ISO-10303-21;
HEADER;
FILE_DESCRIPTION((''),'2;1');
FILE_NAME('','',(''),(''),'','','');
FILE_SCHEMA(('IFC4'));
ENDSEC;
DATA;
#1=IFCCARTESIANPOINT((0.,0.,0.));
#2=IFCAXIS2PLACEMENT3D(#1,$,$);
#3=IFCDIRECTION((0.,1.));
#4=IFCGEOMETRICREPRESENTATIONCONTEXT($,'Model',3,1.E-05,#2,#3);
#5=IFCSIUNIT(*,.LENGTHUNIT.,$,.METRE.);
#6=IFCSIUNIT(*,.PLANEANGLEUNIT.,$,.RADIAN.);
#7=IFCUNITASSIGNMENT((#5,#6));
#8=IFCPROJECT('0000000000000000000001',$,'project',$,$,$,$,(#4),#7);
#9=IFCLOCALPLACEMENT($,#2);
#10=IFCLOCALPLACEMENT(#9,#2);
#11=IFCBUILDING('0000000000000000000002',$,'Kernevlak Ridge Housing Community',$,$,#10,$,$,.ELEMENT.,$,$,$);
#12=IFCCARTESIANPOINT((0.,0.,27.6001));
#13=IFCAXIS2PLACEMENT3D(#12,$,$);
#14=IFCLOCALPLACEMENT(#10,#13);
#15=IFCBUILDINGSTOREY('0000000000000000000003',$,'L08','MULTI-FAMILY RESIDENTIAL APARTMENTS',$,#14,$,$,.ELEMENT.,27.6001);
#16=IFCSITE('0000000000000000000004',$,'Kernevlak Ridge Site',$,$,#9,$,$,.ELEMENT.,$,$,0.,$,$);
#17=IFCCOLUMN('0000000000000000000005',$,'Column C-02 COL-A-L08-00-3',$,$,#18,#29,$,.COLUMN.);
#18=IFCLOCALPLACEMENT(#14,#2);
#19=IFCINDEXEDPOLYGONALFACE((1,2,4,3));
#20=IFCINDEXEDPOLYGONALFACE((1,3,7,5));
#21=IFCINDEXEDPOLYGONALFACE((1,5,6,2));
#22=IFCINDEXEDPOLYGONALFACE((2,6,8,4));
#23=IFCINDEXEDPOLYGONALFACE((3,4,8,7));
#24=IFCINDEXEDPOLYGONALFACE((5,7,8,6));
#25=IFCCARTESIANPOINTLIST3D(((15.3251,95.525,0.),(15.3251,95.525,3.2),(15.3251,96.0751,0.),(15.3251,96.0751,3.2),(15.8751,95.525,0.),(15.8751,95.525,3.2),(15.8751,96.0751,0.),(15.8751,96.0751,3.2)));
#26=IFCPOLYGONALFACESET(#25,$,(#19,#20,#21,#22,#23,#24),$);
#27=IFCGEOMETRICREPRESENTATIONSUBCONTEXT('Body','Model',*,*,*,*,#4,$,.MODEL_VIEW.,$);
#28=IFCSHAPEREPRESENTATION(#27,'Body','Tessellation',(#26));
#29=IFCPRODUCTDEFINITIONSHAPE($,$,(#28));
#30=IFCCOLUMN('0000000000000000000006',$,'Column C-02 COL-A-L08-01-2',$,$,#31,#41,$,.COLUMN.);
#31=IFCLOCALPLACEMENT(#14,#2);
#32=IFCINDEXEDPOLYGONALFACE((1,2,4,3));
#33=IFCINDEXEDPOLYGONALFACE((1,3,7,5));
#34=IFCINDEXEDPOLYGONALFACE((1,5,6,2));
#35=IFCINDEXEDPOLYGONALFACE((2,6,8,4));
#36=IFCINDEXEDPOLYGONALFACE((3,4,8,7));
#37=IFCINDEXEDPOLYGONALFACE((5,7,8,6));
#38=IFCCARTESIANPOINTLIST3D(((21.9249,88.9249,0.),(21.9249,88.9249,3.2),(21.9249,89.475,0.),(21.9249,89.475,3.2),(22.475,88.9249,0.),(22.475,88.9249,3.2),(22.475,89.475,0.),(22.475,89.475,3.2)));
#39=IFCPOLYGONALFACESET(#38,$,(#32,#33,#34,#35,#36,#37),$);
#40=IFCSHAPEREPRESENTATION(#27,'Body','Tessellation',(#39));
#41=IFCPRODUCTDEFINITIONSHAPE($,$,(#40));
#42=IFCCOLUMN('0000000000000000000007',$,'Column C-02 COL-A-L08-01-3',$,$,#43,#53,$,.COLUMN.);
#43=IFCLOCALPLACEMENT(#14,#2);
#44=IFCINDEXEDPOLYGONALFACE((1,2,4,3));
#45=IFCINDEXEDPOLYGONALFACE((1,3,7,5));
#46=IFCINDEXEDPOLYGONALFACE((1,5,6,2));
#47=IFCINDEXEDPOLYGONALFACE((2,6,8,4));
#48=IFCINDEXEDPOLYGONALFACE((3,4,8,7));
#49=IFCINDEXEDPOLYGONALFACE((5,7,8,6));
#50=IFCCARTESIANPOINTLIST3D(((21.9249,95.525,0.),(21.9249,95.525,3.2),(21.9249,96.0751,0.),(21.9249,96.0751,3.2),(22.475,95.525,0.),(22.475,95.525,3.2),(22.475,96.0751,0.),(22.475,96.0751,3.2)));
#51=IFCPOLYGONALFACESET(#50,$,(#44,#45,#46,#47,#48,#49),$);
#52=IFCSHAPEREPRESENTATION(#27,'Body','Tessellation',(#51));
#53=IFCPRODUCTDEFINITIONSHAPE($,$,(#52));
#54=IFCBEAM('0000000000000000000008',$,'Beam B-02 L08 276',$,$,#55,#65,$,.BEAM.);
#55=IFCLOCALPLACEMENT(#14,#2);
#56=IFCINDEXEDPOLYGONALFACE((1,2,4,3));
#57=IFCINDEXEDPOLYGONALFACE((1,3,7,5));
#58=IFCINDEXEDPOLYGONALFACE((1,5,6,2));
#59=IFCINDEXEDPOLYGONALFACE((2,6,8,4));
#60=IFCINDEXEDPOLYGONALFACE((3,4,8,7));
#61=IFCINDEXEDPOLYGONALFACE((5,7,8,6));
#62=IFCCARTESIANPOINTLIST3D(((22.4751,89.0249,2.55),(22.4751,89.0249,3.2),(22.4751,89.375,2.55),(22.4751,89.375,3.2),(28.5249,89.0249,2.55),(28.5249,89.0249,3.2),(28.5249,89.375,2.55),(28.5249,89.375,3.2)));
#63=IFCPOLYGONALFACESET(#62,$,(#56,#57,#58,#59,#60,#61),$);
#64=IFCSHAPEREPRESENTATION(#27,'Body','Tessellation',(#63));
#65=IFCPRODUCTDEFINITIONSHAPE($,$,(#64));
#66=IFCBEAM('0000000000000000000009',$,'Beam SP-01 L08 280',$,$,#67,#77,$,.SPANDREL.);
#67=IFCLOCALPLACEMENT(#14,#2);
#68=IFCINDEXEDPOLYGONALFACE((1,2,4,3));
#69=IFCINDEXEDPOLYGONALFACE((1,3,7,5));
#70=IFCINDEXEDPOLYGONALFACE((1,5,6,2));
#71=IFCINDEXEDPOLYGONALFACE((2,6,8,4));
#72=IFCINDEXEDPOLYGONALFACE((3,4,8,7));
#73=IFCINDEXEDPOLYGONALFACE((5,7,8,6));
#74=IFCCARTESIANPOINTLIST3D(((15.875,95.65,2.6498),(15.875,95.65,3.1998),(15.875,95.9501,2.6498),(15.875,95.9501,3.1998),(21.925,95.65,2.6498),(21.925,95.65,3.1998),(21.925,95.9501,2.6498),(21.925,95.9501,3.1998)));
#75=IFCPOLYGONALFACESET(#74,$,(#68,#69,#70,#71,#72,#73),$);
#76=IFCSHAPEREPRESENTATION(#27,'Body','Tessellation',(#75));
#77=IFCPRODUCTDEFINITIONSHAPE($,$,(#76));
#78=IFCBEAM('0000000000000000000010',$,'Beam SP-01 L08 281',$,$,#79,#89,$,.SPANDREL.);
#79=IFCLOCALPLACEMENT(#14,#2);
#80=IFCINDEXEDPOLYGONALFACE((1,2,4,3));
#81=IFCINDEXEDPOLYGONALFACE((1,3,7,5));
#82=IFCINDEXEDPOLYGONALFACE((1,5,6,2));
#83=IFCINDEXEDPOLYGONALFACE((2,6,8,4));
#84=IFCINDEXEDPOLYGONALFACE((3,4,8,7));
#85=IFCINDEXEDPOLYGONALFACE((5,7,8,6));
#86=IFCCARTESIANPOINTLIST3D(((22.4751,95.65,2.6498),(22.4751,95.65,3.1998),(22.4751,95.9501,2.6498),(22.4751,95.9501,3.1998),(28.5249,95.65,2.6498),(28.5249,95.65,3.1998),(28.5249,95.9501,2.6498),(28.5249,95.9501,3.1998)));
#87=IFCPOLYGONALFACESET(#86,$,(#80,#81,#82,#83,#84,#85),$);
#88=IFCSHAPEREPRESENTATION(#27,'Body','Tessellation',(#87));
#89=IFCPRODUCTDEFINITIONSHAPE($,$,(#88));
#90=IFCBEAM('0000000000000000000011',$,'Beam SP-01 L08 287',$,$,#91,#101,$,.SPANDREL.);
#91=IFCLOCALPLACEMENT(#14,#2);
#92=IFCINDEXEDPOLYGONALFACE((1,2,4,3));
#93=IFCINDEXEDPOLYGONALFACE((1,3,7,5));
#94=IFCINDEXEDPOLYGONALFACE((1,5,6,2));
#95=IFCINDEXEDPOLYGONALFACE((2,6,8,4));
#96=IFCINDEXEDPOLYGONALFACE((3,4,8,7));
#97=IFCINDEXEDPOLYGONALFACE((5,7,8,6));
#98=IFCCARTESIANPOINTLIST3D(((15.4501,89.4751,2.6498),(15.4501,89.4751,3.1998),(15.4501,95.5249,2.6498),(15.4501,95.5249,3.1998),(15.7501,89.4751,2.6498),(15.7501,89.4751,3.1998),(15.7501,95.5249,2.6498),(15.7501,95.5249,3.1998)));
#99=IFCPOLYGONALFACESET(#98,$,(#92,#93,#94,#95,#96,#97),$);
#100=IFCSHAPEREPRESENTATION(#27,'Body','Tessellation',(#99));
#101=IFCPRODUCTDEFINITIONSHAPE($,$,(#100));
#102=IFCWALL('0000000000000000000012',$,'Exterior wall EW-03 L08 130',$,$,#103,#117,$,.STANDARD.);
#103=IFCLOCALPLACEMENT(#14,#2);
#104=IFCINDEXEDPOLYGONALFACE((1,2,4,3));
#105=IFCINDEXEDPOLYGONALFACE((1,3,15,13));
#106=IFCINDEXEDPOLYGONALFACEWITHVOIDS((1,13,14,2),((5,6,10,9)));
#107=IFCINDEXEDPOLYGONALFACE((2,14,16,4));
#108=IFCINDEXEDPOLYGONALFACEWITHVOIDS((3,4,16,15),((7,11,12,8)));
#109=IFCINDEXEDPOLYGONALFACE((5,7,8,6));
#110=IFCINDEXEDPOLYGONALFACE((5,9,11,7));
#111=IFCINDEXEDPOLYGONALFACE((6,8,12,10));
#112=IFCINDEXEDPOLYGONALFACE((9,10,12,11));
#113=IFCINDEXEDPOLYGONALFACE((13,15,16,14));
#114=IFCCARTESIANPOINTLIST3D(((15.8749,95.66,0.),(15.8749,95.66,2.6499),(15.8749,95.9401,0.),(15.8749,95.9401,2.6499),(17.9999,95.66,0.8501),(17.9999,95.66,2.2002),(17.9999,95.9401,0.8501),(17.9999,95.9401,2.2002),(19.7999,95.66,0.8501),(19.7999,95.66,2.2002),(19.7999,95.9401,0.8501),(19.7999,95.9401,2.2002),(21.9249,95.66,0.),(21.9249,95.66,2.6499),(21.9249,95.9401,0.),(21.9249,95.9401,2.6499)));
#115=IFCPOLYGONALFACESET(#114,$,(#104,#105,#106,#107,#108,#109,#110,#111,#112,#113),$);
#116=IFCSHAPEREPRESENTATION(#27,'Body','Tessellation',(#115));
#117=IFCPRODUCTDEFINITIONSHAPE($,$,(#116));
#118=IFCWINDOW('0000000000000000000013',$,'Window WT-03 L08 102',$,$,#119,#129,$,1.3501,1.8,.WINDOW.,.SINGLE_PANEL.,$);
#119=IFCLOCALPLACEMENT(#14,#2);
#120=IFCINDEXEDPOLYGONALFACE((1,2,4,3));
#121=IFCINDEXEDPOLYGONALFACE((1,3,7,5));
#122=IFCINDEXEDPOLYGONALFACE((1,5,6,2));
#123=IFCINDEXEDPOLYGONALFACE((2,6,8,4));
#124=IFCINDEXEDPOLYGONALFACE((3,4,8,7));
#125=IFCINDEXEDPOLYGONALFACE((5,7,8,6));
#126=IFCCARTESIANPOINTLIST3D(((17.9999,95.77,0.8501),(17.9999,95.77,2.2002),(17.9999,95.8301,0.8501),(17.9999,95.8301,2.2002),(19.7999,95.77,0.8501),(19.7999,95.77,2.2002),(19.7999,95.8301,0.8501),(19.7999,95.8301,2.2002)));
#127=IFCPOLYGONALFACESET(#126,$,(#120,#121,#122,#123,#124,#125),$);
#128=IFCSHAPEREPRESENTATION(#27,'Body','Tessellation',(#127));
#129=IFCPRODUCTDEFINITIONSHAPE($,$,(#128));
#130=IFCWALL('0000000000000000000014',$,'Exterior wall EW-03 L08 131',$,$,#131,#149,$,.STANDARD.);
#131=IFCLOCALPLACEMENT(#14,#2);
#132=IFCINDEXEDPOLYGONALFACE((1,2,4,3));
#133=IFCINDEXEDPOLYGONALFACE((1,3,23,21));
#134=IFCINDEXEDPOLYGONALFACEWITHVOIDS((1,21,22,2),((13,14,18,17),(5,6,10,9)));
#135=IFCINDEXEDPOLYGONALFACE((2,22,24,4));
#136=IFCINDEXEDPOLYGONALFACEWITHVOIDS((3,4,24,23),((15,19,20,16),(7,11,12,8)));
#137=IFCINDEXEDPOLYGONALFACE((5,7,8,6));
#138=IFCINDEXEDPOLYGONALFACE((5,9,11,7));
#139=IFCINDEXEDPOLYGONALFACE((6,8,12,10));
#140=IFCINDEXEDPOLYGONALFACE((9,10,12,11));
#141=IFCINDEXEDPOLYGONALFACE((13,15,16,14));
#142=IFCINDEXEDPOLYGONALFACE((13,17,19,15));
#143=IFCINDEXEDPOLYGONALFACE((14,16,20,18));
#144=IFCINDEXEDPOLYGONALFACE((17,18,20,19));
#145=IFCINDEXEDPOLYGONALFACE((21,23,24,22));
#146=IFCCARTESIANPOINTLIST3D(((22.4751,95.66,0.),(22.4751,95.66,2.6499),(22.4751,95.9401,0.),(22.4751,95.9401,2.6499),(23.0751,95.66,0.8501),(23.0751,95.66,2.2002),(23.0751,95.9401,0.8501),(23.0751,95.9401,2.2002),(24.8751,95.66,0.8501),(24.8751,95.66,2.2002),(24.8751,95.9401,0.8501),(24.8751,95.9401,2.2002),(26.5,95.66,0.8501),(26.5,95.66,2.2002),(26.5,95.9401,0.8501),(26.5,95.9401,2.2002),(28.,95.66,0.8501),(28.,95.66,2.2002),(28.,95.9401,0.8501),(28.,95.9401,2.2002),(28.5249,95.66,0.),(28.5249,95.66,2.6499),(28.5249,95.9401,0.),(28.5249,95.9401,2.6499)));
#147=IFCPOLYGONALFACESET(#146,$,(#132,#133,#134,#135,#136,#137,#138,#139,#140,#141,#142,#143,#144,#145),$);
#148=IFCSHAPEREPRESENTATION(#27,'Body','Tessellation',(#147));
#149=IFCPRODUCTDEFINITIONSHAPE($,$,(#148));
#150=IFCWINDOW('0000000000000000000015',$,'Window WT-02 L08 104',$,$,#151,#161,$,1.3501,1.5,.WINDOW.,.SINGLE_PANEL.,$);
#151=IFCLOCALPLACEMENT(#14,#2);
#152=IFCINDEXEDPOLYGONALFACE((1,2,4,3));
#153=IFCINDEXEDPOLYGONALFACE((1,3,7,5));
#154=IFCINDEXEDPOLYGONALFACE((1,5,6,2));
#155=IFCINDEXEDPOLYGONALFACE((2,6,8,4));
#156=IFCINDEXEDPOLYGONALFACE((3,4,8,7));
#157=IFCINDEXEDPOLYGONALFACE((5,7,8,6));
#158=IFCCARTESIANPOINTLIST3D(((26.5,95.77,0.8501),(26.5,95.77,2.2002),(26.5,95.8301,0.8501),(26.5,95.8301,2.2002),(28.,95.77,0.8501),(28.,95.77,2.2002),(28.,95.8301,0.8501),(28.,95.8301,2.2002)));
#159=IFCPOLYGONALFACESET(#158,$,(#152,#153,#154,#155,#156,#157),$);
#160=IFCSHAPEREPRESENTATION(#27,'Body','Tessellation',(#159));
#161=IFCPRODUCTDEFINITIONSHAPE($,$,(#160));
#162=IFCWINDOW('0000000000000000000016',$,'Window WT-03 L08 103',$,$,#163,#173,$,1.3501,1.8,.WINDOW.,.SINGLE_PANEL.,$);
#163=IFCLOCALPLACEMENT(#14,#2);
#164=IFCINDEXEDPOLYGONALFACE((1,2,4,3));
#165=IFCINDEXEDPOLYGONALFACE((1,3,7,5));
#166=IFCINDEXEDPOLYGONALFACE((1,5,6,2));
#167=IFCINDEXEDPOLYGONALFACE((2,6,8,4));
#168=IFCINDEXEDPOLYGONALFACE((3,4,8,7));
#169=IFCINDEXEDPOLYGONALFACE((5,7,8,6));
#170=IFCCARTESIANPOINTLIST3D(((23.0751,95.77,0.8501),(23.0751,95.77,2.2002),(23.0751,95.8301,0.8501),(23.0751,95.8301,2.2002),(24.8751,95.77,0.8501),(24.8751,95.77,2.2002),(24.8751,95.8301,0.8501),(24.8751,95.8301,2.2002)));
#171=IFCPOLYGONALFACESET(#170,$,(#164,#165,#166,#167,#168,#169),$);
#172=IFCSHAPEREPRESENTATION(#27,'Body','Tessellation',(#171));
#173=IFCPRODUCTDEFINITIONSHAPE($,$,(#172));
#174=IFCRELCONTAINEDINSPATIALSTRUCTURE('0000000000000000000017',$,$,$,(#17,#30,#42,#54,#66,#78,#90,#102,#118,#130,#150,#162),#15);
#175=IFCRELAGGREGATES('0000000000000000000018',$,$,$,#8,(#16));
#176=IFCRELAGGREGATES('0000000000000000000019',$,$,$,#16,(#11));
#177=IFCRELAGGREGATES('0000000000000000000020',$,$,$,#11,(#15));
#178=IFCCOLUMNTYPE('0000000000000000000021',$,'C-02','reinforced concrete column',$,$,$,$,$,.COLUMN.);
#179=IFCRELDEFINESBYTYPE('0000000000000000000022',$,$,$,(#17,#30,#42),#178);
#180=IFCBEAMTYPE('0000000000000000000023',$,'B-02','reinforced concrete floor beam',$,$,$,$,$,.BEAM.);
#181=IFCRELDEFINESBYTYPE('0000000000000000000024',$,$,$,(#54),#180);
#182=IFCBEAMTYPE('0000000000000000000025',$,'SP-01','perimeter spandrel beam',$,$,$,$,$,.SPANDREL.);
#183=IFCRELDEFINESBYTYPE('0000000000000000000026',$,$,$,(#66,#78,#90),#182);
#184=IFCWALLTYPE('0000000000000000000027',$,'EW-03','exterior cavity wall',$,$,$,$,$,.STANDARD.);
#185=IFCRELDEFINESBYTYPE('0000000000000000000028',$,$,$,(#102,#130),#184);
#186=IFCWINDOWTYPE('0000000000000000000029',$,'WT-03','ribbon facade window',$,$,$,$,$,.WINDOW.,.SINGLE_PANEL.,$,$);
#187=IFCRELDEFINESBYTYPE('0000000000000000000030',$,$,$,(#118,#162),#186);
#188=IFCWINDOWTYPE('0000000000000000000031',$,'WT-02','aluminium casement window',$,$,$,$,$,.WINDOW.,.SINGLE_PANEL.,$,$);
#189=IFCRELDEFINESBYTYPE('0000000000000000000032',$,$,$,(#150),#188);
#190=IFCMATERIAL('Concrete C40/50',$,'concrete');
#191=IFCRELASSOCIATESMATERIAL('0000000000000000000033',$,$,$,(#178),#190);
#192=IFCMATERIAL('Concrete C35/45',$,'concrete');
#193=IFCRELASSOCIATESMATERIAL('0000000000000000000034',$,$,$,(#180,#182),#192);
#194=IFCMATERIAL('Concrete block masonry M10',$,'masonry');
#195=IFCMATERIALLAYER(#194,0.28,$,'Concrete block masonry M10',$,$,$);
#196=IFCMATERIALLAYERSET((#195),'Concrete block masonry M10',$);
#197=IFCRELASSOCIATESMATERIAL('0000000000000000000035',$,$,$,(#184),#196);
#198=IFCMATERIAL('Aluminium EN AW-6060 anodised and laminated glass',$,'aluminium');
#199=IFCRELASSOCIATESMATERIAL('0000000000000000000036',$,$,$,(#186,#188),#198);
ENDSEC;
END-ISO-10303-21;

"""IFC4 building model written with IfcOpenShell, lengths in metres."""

from ifc_helpers import new_model, si_unit, direction, frame, frame_2d, origin, origin_2d, place, context, subcontext, project, spatial, rectangle, extrude, material, layer, layer_set, material_profile, profile_set, type_object, element, fill, save


model = new_model("IFC4")

# Units and contexts
model_context = context("Model", 3, precision=1e-05, world=origin(), true_north=direction((0.0, 1.0)))
body_context = subcontext(model_context, "Body", "Model", "MODEL_VIEW")
ifc_project = project(units=[si_unit("LENGTHUNIT", "METRE"), si_unit("PLANEANGLEUNIT", "RADIAN")], contexts=[model_context])

# Site, building, storey
site_placement = place(None, origin())
site = spatial("IfcSite", under=ifc_project, at=site_placement, Name="Kernevlak Ridge Site", CompositionType="ELEMENT", RefElevation=0.0)
building_placement = place(site_placement, origin())
building = spatial("IfcBuilding", under=site, at=building_placement, Name="Kernevlak Ridge Housing Community", CompositionType="ELEMENT")
storey_placement = place(building_placement, frame((0.0, 0.0, 27.6001)))
storey = spatial("IfcBuildingStorey", under=building, at=storey_placement, Name="L08", Description="MULTI-FAMILY RESIDENTIAL APARTMENTS", CompositionType="ELEMENT", Elevation=27.6001)

# Columns
ifc_material_1 = material(Name="Concrete C40/50", Category="concrete")
ifc_material_profile_1 = material_profile(ifc_material_1, rectangle(XDim=0.55, YDim=0.55, at=origin_2d()), Name="RC 550x550")
ifc_profile_set_1 = profile_set([ifc_material_profile_1], Name="Concrete C40/50")
column_type = type_object("IfcColumnType", Name="C-02", Description="reinforced concrete column", PredefinedType="COLUMN", material=ifc_profile_set_1)
for number, where, z_axis, x_axis, name in (
    (1, (15.6001, 95.8, 0.0), (0.0, 0.0, 1.0), (1.0, 0.0, 0.0), "Column C-02 COL-A-L08-00-3"),
    (2, (22.2, 89.2, 0.0), (0.0, 0.0, 1.0), (1.0, 0.0, 0.0), "Column C-02 COL-A-L08-01-2"),
    (3, (22.2, 95.8, 0.0), (0.0, 0.0, 1.0), (1.0, 0.0, 0.0), "Column C-02 COL-A-L08-01-3"),
):
    element("IfcColumn", number, at=place(storey_placement, frame(where, z_axis=z_axis, x_axis=x_axis)), inside=storey, type_object=column_type, Name=name, PredefinedType="COLUMN", context=body_context, shape_type="SweptSolid", body=[
        extrude(rectangle(XDim=0.55, YDim=0.55, at=origin_2d()), origin(), (0.0, 0.0, 1.0), 3.2),
    ])

# Beams
ifc_material_2 = material(Name="Concrete C35/45", Category="concrete")
ifc_material_profile_2 = material_profile(ifc_material_2, rectangle(XDim=0.3501, YDim=0.6499, at=origin_2d()), Name="RC 350x650")
ifc_profile_set_2 = profile_set([ifc_material_profile_2], Name="Concrete C35/45")
beam_type_1 = type_object("IfcBeamType", Name="B-02", Description="reinforced concrete floor beam", PredefinedType="BEAM", material=ifc_profile_set_2)
beam_1_placement = place(storey_placement, frame((22.4751, 89.2, 2.875), z_axis=(1.0, 0.0, 0.0), x_axis=(0.0, 1.0, 0.0)))
element("IfcBeam", 4, at=beam_1_placement, inside=storey, type_object=beam_type_1, Name="Beam B-02 L08 276", PredefinedType="BEAM", context=body_context, shape_type="SweptSolid", body=[
    extrude(rectangle(XDim=0.3501, YDim=0.6499, at=origin_2d()), origin(), (0.0, 0.0, 1.0), 6.0498),
])
ifc_material_profile_3 = material_profile(ifc_material_2, rectangle(XDim=0.3, YDim=0.55, at=origin_2d()), Name="RC 300x550")
ifc_profile_set_3 = profile_set([ifc_material_profile_3], Name="Concrete C35/45")
beam_type_2 = type_object("IfcBeamType", Name="SP-01", Description="perimeter spandrel beam", PredefinedType="SPANDREL", material=ifc_profile_set_3)
beam_2_placement = place(storey_placement, frame((15.875, 95.8, 2.9248), z_axis=(1.0, 0.0, 0.0), x_axis=(0.0, 1.0, 0.0)))
element("IfcBeam", 5, at=beam_2_placement, inside=storey, type_object=beam_type_2, Name="Beam SP-01 L08 280", PredefinedType="SPANDREL", context=body_context, shape_type="SweptSolid", body=[
    extrude(rectangle(XDim=0.3, YDim=0.55, at=origin_2d()), origin(), (0.0, 0.0, 1.0), 6.05),
])
for number, where, z_axis, x_axis, name in (
    (6, (22.4751, 95.8, 2.9248), (1.0, 0.0, 0.0), (0.0, 1.0, 0.0), "Beam SP-01 L08 281"),
    (7, (15.6001, 89.4751, 2.9248), (0.0, 1.0, 0.0), (-1.0, 0.0, 0.0), "Beam SP-01 L08 287"),
):
    element("IfcBeam", number, at=place(storey_placement, frame(where, z_axis=z_axis, x_axis=x_axis)), inside=storey, type_object=beam_type_2, Name=name, PredefinedType="SPANDREL", context=body_context, shape_type="SweptSolid", body=[
        extrude(rectangle(XDim=0.3, YDim=0.55, at=origin_2d()), origin(), (0.0, 0.0, 1.0), 6.0498),
    ])

# Wall, opening, window
ifc_material_3 = material(Name="Concrete block masonry M10", Category="masonry")
ifc_layer_1 = layer(ifc_material_3, 0.28, Name="Concrete block masonry M10")
ifc_layer_set_1 = layer_set([ifc_layer_1], Name="Concrete block masonry M10")
wall_type_1 = type_object("IfcWallType", Name="EW-03", Description="exterior cavity wall", PredefinedType="STANDARD", material=ifc_layer_set_1)
wall_1_placement = place(storey_placement, frame((15.875, 95.8, 0.0), z_axis=(0.0, 0.0, 1.0), x_axis=(1.0, 0.0, 0.0)))
wall_1 = element("IfcWall", 8, at=wall_1_placement, inside=storey, type_object=wall_type_1, Name="Exterior wall EW-03 L08 130", PredefinedType="STANDARD", context=body_context, shape_type="SweptSolid", body=[
    extrude(rectangle(XDim=6.05, YDim=0.28, at=frame_2d((3.0249, 0.0))), origin(), (0.0, 0.0, 1.0), 2.6499),
])
opening_1_placement = place(wall_1_placement, frame((2.125, 0.0, 0.8501)))
opening_1 = element("IfcOpeningElement", 9, at=opening_1_placement, cuts=wall_1, PredefinedType="OPENING", context=body_context, shape_type="SweptSolid", body=[
    extrude(rectangle(XDim=1.8, YDim=1.3501, at=frame_2d((0.8999, 0.675))), frame((0.0, 0.1499, 0.0), z_axis=(0.0, -1.0, 0.0), x_axis=(1.0, 0.0, 0.0)), (0.0, 0.0, 1.0), 0.3),
])
ifc_material_4 = material(Name="Aluminium EN AW-6060 anodised and laminated glass", Category="aluminium")
window_type_1 = type_object("IfcWindowType", Name="WT-03", Description="ribbon facade window", PartitioningType="SINGLE_PANEL", PredefinedType="WINDOW", material=ifc_material_4)
window_1_placement = place(opening_1_placement, origin())
window_1 = element("IfcWindow", 10, at=window_1_placement, inside=storey, type_object=window_type_1, Name="Window WT-03 L08 102", OverallHeight=1.3501, OverallWidth=1.8, PartitioningType="SINGLE_PANEL", PredefinedType="WINDOW", context=body_context, shape_type="SweptSolid", body=[
    extrude(rectangle(XDim=1.8, YDim=1.3501, at=frame_2d((0.8999, 0.675))), frame((0.0, 0.03, 0.0), z_axis=(0.0, -1.0, 0.0), x_axis=(1.0, 0.0, 0.0)), (0.0, 0.0, 1.0), 0.0601),
])
fill(opening_1, window_1)

# Wall, openings, windows
wall_2_placement = place(storey_placement, frame((22.4751, 95.8, 0.0), z_axis=(0.0, 0.0, 1.0), x_axis=(1.0, 0.0, 0.0)))
wall_2 = element("IfcWall", 11, at=wall_2_placement, inside=storey, type_object=wall_type_1, Name="Exterior wall EW-03 L08 131", PredefinedType="STANDARD", context=body_context, shape_type="SweptSolid", body=[
    extrude(rectangle(XDim=6.0498, YDim=0.28, at=frame_2d((3.0249, 0.0))), origin(), (0.0, 0.0, 1.0), 2.6499),
])
opening_2_placement = place(wall_2_placement, frame((0.6001, 0.0, 0.8501)))
opening_2 = element("IfcOpeningElement", 12, at=opening_2_placement, cuts=wall_2, PredefinedType="OPENING", context=body_context, shape_type="SweptSolid", body=[
    extrude(rectangle(XDim=1.8, YDim=1.3501, at=frame_2d((0.8999, 0.675))), frame((0.0, 0.1499, 0.0), z_axis=(0.0, -1.0, 0.0), x_axis=(1.0, 0.0, 0.0)), (0.0, 0.0, 1.0), 0.3),
])
opening_3_placement = place(wall_2_placement, frame((4.0249, 0.0, 0.8501)))
opening_3 = element("IfcOpeningElement", 13, at=opening_3_placement, cuts=wall_2, PredefinedType="OPENING", context=body_context, shape_type="SweptSolid", body=[
    extrude(rectangle(XDim=1.5, YDim=1.3501, at=frame_2d((0.75, 0.675))), frame((0.0, 0.1499, 0.0), z_axis=(0.0, -1.0, 0.0), x_axis=(1.0, 0.0, 0.0)), (0.0, 0.0, 1.0), 0.3),
])
window_type_2 = type_object("IfcWindowType", Name="WT-02", Description="aluminium casement window", PartitioningType="SINGLE_PANEL", PredefinedType="WINDOW", material=ifc_material_4)
window_2_placement = place(opening_3_placement, origin())
window_2 = element("IfcWindow", 14, at=window_2_placement, inside=storey, type_object=window_type_2, Name="Window WT-02 L08 104", OverallHeight=1.3501, OverallWidth=1.5, PartitioningType="SINGLE_PANEL", PredefinedType="WINDOW", context=body_context, shape_type="SweptSolid", body=[
    extrude(rectangle(XDim=1.5, YDim=1.3501, at=frame_2d((0.75, 0.675))), frame((0.0, 0.03, 0.0), z_axis=(0.0, -1.0, 0.0), x_axis=(1.0, 0.0, 0.0)), (0.0, 0.0, 1.0), 0.0601),
])
fill(opening_3, window_2)
window_3_placement = place(opening_2_placement, origin())
window_3 = element("IfcWindow", 15, at=window_3_placement, inside=storey, type_object=window_type_1, Name="Window WT-03 L08 103", OverallHeight=1.3501, OverallWidth=1.8, PartitioningType="SINGLE_PANEL", PredefinedType="WINDOW", context=body_context, shape_type="SweptSolid", body=[
    extrude(rectangle(XDim=1.8, YDim=1.3501, at=frame_2d((0.8999, 0.675))), frame((0.0, 0.03, 0.0), z_axis=(0.0, -1.0, 0.0), x_axis=(1.0, 0.0, 0.0)), (0.0, 0.0, 1.0), 0.0601),
])
fill(opening_2, window_3)

save(model, "model.ifc")
